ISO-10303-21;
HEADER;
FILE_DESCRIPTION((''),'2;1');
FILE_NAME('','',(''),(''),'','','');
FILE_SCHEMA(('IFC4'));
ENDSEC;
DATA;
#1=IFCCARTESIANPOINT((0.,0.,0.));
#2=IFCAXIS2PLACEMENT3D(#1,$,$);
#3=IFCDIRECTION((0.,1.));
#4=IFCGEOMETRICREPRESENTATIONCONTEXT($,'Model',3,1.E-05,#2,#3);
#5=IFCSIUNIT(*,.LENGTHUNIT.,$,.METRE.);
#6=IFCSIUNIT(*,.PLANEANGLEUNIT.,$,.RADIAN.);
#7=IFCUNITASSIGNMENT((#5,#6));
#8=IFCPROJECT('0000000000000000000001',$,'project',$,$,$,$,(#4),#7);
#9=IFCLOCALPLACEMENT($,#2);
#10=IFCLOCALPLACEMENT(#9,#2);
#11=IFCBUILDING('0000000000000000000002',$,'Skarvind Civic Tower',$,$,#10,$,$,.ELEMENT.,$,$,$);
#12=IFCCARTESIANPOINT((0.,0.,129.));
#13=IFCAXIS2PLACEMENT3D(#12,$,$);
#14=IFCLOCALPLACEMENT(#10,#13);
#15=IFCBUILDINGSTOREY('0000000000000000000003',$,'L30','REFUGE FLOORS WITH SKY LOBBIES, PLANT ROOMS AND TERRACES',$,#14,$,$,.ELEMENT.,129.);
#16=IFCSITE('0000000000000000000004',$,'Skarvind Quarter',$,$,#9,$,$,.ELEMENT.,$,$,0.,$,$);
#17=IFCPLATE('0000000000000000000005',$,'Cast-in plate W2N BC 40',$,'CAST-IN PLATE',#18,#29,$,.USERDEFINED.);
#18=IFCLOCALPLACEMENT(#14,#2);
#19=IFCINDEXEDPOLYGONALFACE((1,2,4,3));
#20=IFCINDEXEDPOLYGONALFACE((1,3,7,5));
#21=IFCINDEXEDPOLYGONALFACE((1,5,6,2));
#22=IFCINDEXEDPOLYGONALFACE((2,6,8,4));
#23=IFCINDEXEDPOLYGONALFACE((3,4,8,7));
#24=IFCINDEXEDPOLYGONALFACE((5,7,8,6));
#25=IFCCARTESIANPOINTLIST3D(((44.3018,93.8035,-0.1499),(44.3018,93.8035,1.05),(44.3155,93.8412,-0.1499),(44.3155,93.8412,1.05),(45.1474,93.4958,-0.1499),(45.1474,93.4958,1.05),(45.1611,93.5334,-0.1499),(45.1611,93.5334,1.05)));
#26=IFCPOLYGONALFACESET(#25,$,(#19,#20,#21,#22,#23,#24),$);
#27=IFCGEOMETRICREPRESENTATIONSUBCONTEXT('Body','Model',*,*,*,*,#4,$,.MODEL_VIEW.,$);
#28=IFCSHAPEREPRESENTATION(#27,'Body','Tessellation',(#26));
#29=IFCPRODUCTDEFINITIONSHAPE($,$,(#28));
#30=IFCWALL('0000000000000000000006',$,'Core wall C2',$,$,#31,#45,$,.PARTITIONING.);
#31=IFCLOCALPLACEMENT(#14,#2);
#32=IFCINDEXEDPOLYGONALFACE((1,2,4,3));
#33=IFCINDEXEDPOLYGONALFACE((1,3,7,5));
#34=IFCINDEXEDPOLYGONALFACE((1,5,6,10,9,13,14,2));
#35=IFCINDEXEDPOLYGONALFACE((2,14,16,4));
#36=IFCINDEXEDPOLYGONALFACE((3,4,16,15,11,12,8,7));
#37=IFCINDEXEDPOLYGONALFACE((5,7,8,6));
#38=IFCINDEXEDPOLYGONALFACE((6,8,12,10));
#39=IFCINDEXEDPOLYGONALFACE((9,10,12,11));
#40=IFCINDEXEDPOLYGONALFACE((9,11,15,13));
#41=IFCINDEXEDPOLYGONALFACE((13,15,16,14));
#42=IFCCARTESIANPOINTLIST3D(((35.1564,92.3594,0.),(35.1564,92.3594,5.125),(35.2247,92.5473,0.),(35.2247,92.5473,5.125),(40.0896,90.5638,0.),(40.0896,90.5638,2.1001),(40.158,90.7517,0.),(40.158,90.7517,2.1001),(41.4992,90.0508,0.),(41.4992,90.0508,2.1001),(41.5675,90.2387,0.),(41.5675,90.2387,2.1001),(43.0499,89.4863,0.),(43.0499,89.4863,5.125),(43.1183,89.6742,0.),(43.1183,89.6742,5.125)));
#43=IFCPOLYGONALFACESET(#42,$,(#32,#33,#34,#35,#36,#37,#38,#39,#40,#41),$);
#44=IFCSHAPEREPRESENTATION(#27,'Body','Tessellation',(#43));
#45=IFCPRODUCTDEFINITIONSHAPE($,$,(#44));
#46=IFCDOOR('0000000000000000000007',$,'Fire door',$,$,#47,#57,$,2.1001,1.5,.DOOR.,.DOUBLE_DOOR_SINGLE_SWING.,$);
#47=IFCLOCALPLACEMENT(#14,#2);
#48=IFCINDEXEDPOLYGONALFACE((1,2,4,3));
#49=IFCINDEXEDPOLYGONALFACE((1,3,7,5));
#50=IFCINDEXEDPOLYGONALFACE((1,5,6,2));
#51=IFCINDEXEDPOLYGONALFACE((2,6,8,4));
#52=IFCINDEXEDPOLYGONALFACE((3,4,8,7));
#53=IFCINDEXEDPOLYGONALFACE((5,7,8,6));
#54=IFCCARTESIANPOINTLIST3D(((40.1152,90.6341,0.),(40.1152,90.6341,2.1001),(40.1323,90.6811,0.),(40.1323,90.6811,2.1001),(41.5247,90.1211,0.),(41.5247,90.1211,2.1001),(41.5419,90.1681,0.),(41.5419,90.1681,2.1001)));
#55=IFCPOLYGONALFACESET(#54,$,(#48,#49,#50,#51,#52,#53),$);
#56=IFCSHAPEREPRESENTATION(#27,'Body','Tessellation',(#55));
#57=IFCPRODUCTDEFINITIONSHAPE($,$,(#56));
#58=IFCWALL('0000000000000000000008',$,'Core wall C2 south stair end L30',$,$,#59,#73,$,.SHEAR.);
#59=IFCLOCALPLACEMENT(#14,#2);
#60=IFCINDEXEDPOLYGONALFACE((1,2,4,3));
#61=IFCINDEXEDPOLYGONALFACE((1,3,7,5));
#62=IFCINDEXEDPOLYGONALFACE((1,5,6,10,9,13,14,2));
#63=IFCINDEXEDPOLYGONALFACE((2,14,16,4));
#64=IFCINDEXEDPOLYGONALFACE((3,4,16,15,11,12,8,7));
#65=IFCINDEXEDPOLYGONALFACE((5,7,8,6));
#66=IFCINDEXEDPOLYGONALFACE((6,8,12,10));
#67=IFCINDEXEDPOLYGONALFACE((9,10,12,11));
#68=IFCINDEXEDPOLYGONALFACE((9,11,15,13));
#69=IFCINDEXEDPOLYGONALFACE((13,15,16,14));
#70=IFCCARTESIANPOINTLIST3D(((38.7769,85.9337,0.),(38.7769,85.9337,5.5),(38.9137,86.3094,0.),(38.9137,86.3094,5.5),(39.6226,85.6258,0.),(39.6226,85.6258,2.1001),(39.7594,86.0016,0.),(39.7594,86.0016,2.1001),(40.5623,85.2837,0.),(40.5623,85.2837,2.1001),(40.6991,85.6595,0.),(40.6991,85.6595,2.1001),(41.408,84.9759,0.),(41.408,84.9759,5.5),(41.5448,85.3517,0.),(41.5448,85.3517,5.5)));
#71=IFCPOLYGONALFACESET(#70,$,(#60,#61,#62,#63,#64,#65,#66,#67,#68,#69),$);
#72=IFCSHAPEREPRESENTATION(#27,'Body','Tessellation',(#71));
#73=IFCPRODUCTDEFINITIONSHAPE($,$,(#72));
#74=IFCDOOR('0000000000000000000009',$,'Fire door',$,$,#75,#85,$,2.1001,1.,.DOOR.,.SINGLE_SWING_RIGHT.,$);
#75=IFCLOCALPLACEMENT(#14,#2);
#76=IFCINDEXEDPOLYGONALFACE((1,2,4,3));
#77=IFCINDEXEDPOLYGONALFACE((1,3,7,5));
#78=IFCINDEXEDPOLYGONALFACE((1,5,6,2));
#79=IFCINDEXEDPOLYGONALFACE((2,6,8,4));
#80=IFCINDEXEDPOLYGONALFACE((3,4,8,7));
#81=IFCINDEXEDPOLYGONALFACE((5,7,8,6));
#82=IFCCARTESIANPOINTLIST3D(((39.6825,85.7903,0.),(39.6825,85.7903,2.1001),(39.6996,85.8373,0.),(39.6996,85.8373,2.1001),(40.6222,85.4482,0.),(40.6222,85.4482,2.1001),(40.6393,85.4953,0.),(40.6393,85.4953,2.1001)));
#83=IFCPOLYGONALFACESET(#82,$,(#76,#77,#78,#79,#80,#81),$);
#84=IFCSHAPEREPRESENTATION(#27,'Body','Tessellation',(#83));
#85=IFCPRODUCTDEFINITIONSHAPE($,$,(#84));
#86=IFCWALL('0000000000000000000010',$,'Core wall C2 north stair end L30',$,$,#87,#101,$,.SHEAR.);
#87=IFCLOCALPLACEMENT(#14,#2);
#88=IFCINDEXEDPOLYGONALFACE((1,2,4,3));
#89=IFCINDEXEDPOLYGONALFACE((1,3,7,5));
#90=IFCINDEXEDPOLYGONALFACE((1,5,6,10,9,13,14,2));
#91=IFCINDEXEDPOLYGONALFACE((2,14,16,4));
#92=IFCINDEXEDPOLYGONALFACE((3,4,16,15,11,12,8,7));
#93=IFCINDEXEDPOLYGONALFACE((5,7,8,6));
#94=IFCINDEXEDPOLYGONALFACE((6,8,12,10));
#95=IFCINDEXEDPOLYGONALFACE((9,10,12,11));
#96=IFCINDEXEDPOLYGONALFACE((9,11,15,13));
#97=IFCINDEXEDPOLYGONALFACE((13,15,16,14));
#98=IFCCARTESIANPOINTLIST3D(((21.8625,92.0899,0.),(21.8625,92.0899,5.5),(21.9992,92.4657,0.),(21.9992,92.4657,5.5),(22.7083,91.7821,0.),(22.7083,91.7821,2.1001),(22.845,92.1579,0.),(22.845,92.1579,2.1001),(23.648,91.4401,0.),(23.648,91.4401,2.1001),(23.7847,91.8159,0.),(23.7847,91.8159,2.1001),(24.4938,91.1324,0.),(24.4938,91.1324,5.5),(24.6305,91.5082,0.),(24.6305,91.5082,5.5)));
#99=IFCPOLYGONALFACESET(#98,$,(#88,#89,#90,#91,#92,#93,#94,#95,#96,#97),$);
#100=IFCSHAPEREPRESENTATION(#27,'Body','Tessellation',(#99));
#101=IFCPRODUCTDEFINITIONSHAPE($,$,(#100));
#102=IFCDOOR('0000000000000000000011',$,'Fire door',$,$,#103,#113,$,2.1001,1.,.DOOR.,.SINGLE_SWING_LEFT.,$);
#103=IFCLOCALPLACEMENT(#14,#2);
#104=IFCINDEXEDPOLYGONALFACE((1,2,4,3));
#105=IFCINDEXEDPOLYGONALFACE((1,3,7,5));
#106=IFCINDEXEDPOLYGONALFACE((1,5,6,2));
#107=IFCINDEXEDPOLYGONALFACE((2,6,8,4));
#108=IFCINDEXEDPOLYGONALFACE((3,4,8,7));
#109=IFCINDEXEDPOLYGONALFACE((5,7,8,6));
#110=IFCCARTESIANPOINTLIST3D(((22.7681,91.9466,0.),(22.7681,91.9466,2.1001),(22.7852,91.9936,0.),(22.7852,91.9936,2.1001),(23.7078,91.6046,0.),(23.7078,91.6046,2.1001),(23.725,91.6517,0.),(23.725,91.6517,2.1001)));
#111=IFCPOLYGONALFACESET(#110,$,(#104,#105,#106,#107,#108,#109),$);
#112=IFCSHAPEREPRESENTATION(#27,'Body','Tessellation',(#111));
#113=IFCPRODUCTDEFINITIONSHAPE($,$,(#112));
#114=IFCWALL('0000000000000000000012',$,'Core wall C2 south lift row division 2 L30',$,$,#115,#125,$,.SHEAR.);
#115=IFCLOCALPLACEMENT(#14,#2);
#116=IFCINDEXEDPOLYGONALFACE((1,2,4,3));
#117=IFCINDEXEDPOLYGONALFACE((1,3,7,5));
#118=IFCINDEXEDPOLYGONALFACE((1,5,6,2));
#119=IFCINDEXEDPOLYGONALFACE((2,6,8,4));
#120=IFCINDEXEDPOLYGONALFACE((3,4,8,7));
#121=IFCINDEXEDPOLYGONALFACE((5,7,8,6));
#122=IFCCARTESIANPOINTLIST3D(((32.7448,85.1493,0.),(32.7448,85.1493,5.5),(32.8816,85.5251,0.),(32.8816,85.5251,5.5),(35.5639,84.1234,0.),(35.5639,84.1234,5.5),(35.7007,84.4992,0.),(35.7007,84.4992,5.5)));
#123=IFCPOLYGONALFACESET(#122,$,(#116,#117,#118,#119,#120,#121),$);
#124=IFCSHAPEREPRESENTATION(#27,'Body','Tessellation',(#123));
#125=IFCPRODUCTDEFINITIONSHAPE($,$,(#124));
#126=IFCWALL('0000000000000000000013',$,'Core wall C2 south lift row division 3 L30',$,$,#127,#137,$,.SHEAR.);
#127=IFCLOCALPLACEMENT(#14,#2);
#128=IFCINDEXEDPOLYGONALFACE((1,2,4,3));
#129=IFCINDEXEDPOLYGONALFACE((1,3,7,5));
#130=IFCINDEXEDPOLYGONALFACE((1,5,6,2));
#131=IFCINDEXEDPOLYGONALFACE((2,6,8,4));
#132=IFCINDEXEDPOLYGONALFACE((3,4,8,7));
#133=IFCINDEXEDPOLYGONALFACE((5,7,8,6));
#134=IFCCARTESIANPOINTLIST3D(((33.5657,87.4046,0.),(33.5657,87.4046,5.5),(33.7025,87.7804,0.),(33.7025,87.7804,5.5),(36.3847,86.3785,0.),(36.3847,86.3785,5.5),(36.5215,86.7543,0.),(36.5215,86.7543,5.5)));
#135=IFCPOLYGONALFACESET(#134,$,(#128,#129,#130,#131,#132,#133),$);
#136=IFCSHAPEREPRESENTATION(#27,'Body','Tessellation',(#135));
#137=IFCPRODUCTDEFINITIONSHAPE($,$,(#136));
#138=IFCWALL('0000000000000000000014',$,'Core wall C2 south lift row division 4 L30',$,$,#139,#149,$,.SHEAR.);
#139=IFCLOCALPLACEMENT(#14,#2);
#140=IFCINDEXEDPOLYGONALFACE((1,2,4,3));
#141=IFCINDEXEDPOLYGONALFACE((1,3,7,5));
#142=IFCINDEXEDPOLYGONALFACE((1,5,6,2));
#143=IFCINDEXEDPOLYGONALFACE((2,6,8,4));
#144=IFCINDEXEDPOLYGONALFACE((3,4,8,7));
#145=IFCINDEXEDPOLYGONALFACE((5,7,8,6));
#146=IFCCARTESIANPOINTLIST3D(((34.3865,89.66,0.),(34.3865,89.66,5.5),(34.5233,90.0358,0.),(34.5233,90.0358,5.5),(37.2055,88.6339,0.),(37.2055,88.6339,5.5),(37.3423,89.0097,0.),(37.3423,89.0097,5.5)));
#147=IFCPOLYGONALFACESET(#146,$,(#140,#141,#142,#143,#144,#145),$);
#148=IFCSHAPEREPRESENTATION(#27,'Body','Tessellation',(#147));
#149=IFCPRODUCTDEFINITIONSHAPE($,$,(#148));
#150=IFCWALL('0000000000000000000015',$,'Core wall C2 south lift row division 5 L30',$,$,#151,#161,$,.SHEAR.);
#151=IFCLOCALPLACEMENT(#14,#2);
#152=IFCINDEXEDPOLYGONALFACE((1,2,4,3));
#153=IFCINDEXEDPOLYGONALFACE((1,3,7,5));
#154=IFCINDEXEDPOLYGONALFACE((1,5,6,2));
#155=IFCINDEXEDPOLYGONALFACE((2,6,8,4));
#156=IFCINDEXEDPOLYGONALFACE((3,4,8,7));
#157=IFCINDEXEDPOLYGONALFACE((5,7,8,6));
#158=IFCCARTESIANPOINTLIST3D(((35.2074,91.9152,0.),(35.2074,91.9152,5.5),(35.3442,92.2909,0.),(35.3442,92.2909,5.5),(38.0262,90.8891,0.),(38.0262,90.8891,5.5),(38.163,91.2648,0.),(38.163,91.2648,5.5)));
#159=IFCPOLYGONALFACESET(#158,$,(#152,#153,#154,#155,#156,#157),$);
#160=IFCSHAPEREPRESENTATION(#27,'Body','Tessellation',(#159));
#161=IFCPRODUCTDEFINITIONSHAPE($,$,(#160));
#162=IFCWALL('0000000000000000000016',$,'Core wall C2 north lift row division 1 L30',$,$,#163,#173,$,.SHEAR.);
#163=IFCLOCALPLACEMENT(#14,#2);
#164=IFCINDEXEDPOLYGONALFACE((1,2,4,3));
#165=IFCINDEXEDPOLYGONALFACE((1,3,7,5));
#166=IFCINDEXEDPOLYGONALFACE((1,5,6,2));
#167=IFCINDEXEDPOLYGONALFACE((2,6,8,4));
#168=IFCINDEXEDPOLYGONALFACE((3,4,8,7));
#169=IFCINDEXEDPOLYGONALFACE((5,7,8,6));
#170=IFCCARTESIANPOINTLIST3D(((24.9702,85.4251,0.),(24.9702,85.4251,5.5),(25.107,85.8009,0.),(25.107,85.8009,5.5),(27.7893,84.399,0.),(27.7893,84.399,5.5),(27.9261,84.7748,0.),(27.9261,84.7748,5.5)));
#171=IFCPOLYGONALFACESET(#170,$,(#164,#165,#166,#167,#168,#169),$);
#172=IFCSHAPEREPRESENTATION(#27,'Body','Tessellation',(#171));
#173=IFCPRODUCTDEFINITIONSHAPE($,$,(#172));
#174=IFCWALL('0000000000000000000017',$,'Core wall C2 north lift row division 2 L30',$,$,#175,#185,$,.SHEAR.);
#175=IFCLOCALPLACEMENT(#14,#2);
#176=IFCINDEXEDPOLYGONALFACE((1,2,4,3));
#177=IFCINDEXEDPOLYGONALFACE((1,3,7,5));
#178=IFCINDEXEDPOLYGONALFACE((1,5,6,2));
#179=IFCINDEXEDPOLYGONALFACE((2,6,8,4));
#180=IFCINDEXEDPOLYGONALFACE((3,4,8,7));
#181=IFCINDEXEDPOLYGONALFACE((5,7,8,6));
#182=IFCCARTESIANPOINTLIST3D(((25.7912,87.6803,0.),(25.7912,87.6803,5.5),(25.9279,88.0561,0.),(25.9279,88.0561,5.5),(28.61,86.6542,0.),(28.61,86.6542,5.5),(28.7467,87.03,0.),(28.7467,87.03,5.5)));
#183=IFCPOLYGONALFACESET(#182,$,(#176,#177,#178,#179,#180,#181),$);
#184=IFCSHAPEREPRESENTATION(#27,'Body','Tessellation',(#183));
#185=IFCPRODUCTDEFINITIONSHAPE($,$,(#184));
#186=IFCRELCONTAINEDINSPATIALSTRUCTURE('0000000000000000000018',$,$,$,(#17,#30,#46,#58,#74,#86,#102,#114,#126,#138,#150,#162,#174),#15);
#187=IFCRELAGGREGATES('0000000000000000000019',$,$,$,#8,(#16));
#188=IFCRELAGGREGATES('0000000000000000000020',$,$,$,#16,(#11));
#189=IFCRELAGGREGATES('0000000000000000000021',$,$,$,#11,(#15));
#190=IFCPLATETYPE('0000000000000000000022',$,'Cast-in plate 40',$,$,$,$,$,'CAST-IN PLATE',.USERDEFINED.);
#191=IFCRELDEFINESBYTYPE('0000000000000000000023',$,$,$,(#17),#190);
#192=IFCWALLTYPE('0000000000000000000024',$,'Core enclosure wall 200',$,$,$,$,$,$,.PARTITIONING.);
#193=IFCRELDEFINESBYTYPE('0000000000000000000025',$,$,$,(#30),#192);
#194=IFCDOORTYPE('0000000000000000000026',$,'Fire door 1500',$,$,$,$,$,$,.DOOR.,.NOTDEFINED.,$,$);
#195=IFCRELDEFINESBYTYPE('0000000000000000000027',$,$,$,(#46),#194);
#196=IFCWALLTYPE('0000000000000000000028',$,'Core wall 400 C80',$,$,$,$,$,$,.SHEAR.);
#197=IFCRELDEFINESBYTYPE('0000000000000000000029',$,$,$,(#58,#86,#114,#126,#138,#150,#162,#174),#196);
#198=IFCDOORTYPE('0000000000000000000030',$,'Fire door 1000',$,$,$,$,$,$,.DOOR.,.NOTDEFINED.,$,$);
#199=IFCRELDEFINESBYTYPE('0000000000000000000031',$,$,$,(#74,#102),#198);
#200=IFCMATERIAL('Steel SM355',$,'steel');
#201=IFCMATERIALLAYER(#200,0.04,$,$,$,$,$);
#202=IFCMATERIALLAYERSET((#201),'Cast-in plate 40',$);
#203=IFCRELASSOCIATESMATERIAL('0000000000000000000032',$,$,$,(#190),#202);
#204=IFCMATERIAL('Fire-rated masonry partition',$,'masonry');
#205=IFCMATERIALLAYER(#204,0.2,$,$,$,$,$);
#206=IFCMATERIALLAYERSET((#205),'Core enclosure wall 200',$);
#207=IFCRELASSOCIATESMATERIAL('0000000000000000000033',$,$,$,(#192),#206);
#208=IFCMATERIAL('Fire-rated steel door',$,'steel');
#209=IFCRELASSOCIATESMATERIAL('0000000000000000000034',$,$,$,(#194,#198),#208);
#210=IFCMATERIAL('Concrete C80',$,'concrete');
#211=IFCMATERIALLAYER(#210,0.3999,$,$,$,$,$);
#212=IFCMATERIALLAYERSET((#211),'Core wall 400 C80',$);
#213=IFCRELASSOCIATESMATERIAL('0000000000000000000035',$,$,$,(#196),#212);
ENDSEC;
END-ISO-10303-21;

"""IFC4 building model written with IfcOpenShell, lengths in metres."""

from ifc_helpers import new_model, si_unit, direction, frame, frame_2d, origin, origin_2d, place, context, subcontext, project, spatial, rectangle, extrude, material, layer, layer_set, type_object, element, fill, save


model = new_model("IFC4")

# Units and contexts
model_context = context("Model", 3, precision=1e-05, world=origin(), true_north=direction((0.0, 1.0)))
body_context = subcontext(model_context, "Body", "Model", "MODEL_VIEW")
ifc_project = project(units=[si_unit("LENGTHUNIT", "METRE"), si_unit("PLANEANGLEUNIT", "RADIAN")], contexts=[model_context])

# Site, building, storey
site_placement = place(None, origin())
site = spatial("IfcSite", under=ifc_project, at=site_placement, Name="Skarvind Quarter", CompositionType="ELEMENT", RefElevation=0.0)
building_placement = place(site_placement, origin())
building = spatial("IfcBuilding", under=site, at=building_placement, Name="Skarvind Civic Tower", CompositionType="ELEMENT")
storey_placement = place(building_placement, frame((0.0, 0.0, 129.0)))
storey = spatial("IfcBuildingStorey", under=building, at=storey_placement, Name="L30", Description="REFUGE FLOORS WITH SKY LOBBIES, PLANT ROOMS AND TERRACES", CompositionType="ELEMENT", Elevation=129.0)

# Plate
ifc_material_1 = material(Name="Steel SM355", Category="steel")
ifc_layer_1 = layer(ifc_material_1, 0.04)
ifc_layer_set_1 = layer_set([ifc_layer_1], Name="Cast-in plate 40")
plate_type = type_object("IfcPlateType", Name="Cast-in plate 40", ElementType="CAST-IN PLATE", PredefinedType="USERDEFINED", material=ifc_layer_set_1)
plate_placement = place(storey_placement, frame((44.7314, 93.6685, -0.1499), z_axis=(0.0, 0.0, 1.0), x_axis=(-0.34202, -0.939693, 0.0)))
element("IfcPlate", 1, at=plate_placement, inside=storey, type_object=plate_type, Name="Cast-in plate W2N BC 40", ObjectType="CAST-IN PLATE", PredefinedType="USERDEFINED", context=body_context, shape_type="SweptSolid", body=[
    extrude(rectangle(XDim=0.04, YDim=0.8999, at=origin_2d()), origin(), (0.0, 0.0, 1.0), 1.2),
])

# Walls, openings, doors
ifc_material_2 = material(Name="Fire-rated masonry partition", Category="masonry")
ifc_layer_2 = layer(ifc_material_2, 0.2)
ifc_layer_set_2 = layer_set([ifc_layer_2], Name="Core enclosure wall 200")
wall_type_1 = type_object("IfcWallType", Name="Core enclosure wall 200", PredefinedType="PARTITIONING", material=ifc_layer_set_2)
wall_1_placement = place(storey_placement, frame((35.1904, 92.4534, 0.0), z_axis=(0.0, 0.0, 1.0), x_axis=(0.939692, -0.342023, 0.0)))
wall_1 = element("IfcWall", 2, at=wall_1_placement, inside=storey, type_object=wall_type_1, Name="Core wall C2", PredefinedType="PARTITIONING", context=body_context, shape_type="SweptSolid", body=[
    extrude(rectangle(XDim=8.4001, YDim=0.2, at=frame_2d((4.2002, 0.0))), origin(), (0.0, 0.0, 1.0), 5.125),
])
opening_1_placement = place(wall_1_placement, frame((5.25, 0.0, 0.0)))
opening_1 = element("IfcOpeningElement", 3, at=opening_1_placement, cuts=wall_1, PredefinedType="OPENING", context=body_context, shape_type="SweptSolid", body=[
    extrude(rectangle(XDim=1.5, YDim=2.1001, at=frame_2d((0.75, 1.05))), frame((0.0, 0.1099, 0.0), z_axis=(0.0, -1.0, 0.0), x_axis=(1.0, 0.0, 0.0)), (0.0, 0.0, 1.0), 0.22),
])
ifc_material_3 = material(Name="Fire-rated steel door", Category="steel")
door_type_1 = type_object("IfcDoorType", Name="Fire door 1500", OperationType="NOTDEFINED", PredefinedType="DOOR", material=ifc_material_3)
door_1_placement = place(opening_1_placement, origin())
door_1 = element("IfcDoor", 4, at=door_1_placement, inside=storey, type_object=door_type_1, Name="Fire door", OperationType="DOUBLE_DOOR_SINGLE_SWING", OverallHeight=2.1001, OverallWidth=1.5, PredefinedType="DOOR", context=body_context, shape_type="SweptSolid", body=[
    extrude(rectangle(XDim=1.5, YDim=2.1001, at=frame_2d((0.75, 1.05))), frame((0.0, 0.0249, 0.0), z_axis=(0.0, -1.0, 0.0), x_axis=(1.0, 0.0, 0.0)), (0.0, 0.0, 1.0), 0.05),
])
fill(opening_1, door_1)
ifc_material_4 = material(Name="Concrete C80", Category="concrete")
ifc_layer_3 = layer(ifc_material_4, 0.3999)
ifc_layer_set_3 = layer_set([ifc_layer_3], Name="Core wall 400 C80")
wall_type_2 = type_object("IfcWallType", Name="Core wall 400 C80", PredefinedType="SHEAR", material=ifc_layer_set_3)
wall_2_placement = place(storey_placement, frame((41.4763, 85.1638, 0.0), z_axis=(0.0, 0.0, 1.0), x_axis=(-0.939679, 0.342058, 0.0)))
wall_2 = element("IfcWall", 5, at=wall_2_placement, inside=storey, type_object=wall_type_2, Name="Core wall C2 south stair end L30", PredefinedType="SHEAR", context=body_context, shape_type="SweptSolid", body=[
    extrude(rectangle(XDim=2.8, YDim=0.3999, at=frame_2d((1.3999, 0.0))), origin(), (0.0, 0.0, 1.0), 5.5),
])
opening_2_placement = place(wall_2_placement, frame((0.8999, 0.0, 0.0)))
opening_2 = element("IfcOpeningElement", 6, at=opening_2_placement, cuts=wall_2, PredefinedType="OPENING", context=body_context, shape_type="SweptSolid", body=[
    extrude(rectangle(XDim=1.0, YDim=2.1001, at=frame_2d((0.5, 1.05))), frame((0.0, 0.21, 0.0), z_axis=(0.0, -1.0, 0.0), x_axis=(1.0, 0.0, 0.0)), (0.0, 0.0, 1.0), 0.4199),
])
door_type_2 = type_object("IfcDoorType", Name="Fire door 1000", OperationType="NOTDEFINED", PredefinedType="DOOR", material=ifc_material_3)
door_2_placement = place(opening_2_placement, origin())
door_2 = element("IfcDoor", 7, at=door_2_placement, inside=storey, type_object=door_type_2, Name="Fire door", OperationType="SINGLE_SWING_RIGHT", OverallHeight=2.1001, OverallWidth=1.0, PredefinedType="DOOR", context=body_context, shape_type="SweptSolid", body=[
    extrude(rectangle(XDim=1.0, YDim=2.1001, at=frame_2d((0.5, 1.05))), frame((0.0, 0.0249, 0.0), z_axis=(0.0, -1.0, 0.0), x_axis=(1.0, 0.0, 0.0)), (0.0, 0.0, 1.0), 0.05),
])
fill(opening_2, door_2)
wall_3_placement = place(storey_placement, frame((24.562, 91.3203, 0.0), z_axis=(0.0, 0.0, 1.0), x_axis=(-0.939717, 0.341953, 0.0)))
wall_3 = element("IfcWall", 8, at=wall_3_placement, inside=storey, type_object=wall_type_2, Name="Core wall C2 north stair end L30", PredefinedType="SHEAR", context=body_context, shape_type="SweptSolid", body=[
    extrude(rectangle(XDim=2.8, YDim=0.3999, at=frame_2d((1.3999, 0.0))), origin(), (0.0, 0.0, 1.0), 5.5),
])
opening_3_placement = place(wall_3_placement, frame((0.8999, 0.0, 0.0)))
opening_3 = element("IfcOpeningElement", 9, at=opening_3_placement, cuts=wall_3, PredefinedType="OPENING", context=body_context, shape_type="SweptSolid", body=[
    extrude(rectangle(XDim=1.0, YDim=2.1001, at=frame_2d((0.5, 1.05))), frame((0.0, 0.21, 0.0), z_axis=(0.0, -1.0, 0.0), x_axis=(1.0, 0.0, 0.0)), (0.0, 0.0, 1.0), 0.4199),
])
door_3_placement = place(opening_3_placement, origin())
door_3 = element("IfcDoor", 10, at=door_3_placement, inside=storey, type_object=door_type_2, Name="Fire door", OperationType="SINGLE_SWING_LEFT", OverallHeight=2.1001, OverallWidth=1.0, PredefinedType="DOOR", context=body_context, shape_type="SweptSolid", body=[
    extrude(rectangle(XDim=1.0, YDim=2.1001, at=frame_2d((0.5, 1.05))), frame((0.0, 0.0249, 0.0), z_axis=(0.0, -1.0, 0.0), x_axis=(1.0, 0.0, 0.0)), (0.0, 0.0, 1.0), 0.05),
])
fill(opening_3, door_3)

# Walls
for number, where, z_axis, x_axis, name in (
    (11, (35.6323, 84.3113, 0.0), (0.0, 0.0, 1.0), (-0.939713, 0.341965, 0.0), "Core wall C2 south lift row division 2 L30"),
    (12, (36.4531, 86.5664, 0.0), (0.0, 0.0, 1.0), (-0.939686, 0.342037, 0.0), "Core wall C2 south lift row division 3 L30"),
    (13, (37.2739, 88.8218, 0.0), (0.0, 0.0, 1.0), (-0.939686, 0.342037, 0.0), "Core wall C2 south lift row division 4 L30"),
):
    element("IfcWall", number, at=place(storey_placement, frame(where, z_axis=z_axis, x_axis=x_axis)), inside=storey, type_object=wall_type_2, Name=name, PredefinedType="SHEAR", context=body_context, shape_type="SweptSolid", body=[
        extrude(rectangle(XDim=3.0, YDim=0.3999, at=frame_2d((1.5, 0.0))), origin(), (0.0, 0.0, 1.0), 5.5),
    ])
wall_4_placement = place(storey_placement, frame((38.0947, 91.0769, 0.0), z_axis=(0.0, 0.0, 1.0), x_axis=(-0.939677, 0.342063, 0.0)))
element("IfcWall", 14, at=wall_4_placement, inside=storey, type_object=wall_type_2, Name="Core wall C2 south lift row division 5 L30", PredefinedType="SHEAR", context=body_context, shape_type="SweptSolid", body=[
    extrude(rectangle(XDim=2.9998, YDim=0.3999, at=frame_2d((1.5, 0.0))), origin(), (0.0, 0.0, 1.0), 5.5),
])
wall_5_placement = place(storey_placement, frame((27.8577, 84.5869, 0.0), z_axis=(0.0, 0.0, 1.0), x_axis=(-0.939686, 0.342037, 0.0)))
element("IfcWall", 15, at=wall_5_placement, inside=storey, type_object=wall_type_2, Name="Core wall C2 north lift row division 1 L30", PredefinedType="SHEAR", context=body_context, shape_type="SweptSolid", body=[
    extrude(rectangle(XDim=3.0, YDim=0.3999, at=frame_2d((1.5, 0.0))), origin(), (0.0, 0.0, 1.0), 5.5),
])
wall_6_placement = place(storey_placement, frame((28.6785, 86.842, 0.0), z_axis=(0.0, 0.0, 1.0), x_axis=(-0.939677, 0.342063, 0.0)))
element("IfcWall", 16, at=wall_6_placement, inside=storey, type_object=wall_type_2, Name="Core wall C2 north lift row division 2 L30", PredefinedType="SHEAR", context=body_context, shape_type="SweptSolid", body=[
    extrude(rectangle(XDim=2.9998, YDim=0.3999, at=frame_2d((1.5, 0.0))), origin(), (0.0, 0.0, 1.0), 5.5),
])

save(model, "model.ifc")
